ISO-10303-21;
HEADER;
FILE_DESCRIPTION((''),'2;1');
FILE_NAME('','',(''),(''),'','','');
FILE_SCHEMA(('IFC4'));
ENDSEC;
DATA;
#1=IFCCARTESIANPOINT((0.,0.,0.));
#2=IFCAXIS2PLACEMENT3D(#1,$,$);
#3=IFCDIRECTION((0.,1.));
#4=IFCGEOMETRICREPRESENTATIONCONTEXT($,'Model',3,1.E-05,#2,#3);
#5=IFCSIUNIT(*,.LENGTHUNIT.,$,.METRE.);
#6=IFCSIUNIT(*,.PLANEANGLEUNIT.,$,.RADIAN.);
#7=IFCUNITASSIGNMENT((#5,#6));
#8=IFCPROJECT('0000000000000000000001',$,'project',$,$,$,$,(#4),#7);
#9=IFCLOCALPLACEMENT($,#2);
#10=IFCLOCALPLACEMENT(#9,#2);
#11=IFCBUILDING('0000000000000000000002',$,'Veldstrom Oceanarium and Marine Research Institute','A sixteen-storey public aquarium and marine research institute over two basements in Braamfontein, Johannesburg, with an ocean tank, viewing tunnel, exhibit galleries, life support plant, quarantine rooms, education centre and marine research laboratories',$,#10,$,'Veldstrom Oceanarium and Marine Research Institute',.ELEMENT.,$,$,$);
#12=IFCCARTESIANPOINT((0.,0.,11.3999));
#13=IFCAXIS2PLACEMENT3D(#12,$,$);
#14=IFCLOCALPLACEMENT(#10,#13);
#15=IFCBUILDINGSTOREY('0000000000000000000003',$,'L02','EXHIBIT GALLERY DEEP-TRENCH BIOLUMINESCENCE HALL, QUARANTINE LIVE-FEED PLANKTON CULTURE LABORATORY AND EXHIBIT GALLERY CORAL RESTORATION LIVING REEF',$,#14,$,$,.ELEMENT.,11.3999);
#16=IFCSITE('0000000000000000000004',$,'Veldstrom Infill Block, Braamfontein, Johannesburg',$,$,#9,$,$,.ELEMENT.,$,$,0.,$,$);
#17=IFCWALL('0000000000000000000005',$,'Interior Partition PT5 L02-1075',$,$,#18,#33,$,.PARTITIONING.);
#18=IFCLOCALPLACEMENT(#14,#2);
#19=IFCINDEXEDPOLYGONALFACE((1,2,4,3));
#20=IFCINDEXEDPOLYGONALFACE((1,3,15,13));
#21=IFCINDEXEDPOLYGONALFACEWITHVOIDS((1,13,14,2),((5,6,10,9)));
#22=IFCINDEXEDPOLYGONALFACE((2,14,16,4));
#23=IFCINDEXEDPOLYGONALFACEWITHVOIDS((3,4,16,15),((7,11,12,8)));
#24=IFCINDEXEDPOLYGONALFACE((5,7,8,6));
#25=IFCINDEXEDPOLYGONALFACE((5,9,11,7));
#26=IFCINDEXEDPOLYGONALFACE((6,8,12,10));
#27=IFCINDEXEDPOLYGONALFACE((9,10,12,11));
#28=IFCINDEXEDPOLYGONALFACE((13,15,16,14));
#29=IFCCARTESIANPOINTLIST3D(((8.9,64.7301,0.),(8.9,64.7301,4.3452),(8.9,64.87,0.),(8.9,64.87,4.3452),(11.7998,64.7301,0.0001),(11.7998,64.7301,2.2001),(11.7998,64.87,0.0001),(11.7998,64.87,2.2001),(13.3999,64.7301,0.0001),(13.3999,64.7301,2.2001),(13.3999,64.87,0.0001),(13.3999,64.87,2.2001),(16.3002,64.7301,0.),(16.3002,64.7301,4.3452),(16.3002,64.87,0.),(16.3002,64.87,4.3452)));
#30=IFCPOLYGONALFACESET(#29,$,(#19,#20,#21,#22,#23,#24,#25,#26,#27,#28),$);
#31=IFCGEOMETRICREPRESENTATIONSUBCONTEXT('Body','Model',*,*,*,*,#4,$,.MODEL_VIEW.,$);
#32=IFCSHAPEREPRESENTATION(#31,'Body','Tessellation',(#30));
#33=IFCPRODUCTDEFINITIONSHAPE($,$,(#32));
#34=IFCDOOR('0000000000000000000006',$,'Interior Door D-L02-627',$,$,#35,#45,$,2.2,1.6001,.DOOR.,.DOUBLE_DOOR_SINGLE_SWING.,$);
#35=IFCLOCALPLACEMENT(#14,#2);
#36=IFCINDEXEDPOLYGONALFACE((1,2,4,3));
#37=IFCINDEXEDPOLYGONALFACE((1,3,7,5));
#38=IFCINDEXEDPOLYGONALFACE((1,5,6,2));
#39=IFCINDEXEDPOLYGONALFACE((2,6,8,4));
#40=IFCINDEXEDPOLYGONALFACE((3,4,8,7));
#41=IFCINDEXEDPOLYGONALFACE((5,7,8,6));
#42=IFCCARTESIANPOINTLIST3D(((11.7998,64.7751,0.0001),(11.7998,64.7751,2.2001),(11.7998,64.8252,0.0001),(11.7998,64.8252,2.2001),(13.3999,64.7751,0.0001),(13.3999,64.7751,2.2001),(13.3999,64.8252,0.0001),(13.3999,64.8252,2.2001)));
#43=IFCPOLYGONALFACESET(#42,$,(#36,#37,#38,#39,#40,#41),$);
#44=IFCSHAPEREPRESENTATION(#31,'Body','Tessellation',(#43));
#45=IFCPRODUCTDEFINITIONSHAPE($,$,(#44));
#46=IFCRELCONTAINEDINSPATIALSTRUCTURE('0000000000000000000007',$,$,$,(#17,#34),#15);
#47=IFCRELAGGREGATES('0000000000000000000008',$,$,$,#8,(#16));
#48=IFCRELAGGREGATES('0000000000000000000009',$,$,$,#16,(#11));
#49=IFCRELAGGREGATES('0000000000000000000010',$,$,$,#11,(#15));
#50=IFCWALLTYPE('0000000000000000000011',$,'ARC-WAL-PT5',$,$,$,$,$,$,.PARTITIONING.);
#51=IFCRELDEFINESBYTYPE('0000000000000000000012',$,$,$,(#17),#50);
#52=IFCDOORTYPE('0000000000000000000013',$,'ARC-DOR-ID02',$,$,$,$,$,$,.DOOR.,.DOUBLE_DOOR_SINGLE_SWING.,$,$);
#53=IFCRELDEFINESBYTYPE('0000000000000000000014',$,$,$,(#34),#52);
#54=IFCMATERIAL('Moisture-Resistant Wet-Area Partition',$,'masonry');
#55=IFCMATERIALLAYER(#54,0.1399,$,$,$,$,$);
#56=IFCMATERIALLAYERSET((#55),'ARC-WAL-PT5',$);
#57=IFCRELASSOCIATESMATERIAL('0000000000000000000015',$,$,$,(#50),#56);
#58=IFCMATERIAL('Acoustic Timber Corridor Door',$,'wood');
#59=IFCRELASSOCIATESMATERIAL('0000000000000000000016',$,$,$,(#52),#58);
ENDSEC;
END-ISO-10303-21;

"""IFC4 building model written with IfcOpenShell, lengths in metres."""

from ifc_helpers import new_model, si_unit, direction, frame, frame_2d, origin, place, context, subcontext, project, spatial, rectangle, extrude, material, layer, layer_set, type_object, element, fill, save


model = new_model("IFC4")

# Units and contexts
model_context = context("Model", 3, precision=1e-05, world=origin(), true_north=direction((0.0, 1.0)))
body_context = subcontext(model_context, "Body", "Model", "MODEL_VIEW")
ifc_project = project(units=[si_unit("LENGTHUNIT", "METRE"), si_unit("PLANEANGLEUNIT", "RADIAN")], contexts=[model_context])

# Site, building, storey
site_placement = place(None, origin())
site = spatial("IfcSite", under=ifc_project, at=site_placement, Name="Veldstrom Infill Block, Braamfontein, Johannesburg", CompositionType="ELEMENT", RefElevation=0.0)
building_placement = place(site_placement, origin())
building = spatial("IfcBuilding", under=site, at=building_placement, Name="Veldstrom Oceanarium and Marine Research Institute", Description="A sixteen-storey public aquarium and marine research institute over two basements in Braamfontein, Johannesburg, with an ocean tank, viewing tunnel, exhibit galleries, life support plant, quarantine rooms, education centre and marine research laboratories", LongName="Veldstrom Oceanarium and Marine Research Institute", CompositionType="ELEMENT")
storey_placement = place(building_placement, frame((0.0, 0.0, 11.3999)))
storey = spatial("IfcBuildingStorey", under=building, at=storey_placement, Name="L02", Description="EXHIBIT GALLERY DEEP-TRENCH BIOLUMINESCENCE HALL, QUARANTINE LIVE-FEED PLANKTON CULTURE LABORATORY AND EXHIBIT GALLERY CORAL RESTORATION LIVING REEF", CompositionType="ELEMENT", Elevation=11.3999)

# Wall, opening, door
ifc_material_1 = material(Name="Moisture-Resistant Wet-Area Partition", Category="masonry")
ifc_layer_1 = layer(ifc_material_1, 0.1399)
ifc_layer_set_1 = layer_set([ifc_layer_1], Name="ARC-WAL-PT5")
wall_type_1 = type_object("IfcWallType", Name="ARC-WAL-PT5", PredefinedType="PARTITIONING", material=ifc_layer_set_1)
wall_1_placement = place(storey_placement, frame((8.8999, 64.8, 0.0), z_axis=(0.0, 0.0, 1.0), x_axis=(1.0, 0.0, 0.0)))
wall_1 = element("IfcWall", 1, at=wall_1_placement, inside=storey, type_object=wall_type_1, Name="Interior Partition PT5 L02-1075", PredefinedType="PARTITIONING", context=body_context, shape_type="SweptSolid", body=[
    extrude(rectangle(XDim=7.4001, YDim=0.1399, at=frame_2d((3.7002, 0.0))), origin(), (0.0, 0.0, 1.0), 4.3452),
])
opening_placement = place(wall_1_placement, frame((2.8999, 0.0, 0.0)))
opening = element("IfcOpeningElement", 2, at=opening_placement, cuts=wall_1, PredefinedType="OPENING", context=body_context, shape_type="SweptSolid", body=[
    extrude(rectangle(XDim=1.6001, YDim=2.2, at=frame_2d((0.8, 1.1001))), frame((0.0, 0.0798, 0.0), z_axis=(0.0, -1.0, 0.0), x_axis=(1.0, 0.0, 0.0)), (0.0, 0.0, 1.0), 0.1599),
])
ifc_material_2 = material(Name="Acoustic Timber Corridor Door", Category="wood")
door_type = type_object("IfcDoorType", Name="ARC-DOR-ID02", OperationType="DOUBLE_DOOR_SINGLE_SWING", PredefinedType="DOOR", material=ifc_material_2)
door_placement = place(opening_placement, frame((1.6001, 0.0, 0.0), z_axis=(0.0, 0.0, 1.0), x_axis=(-1.0, 0.0, 0.0)))
door = element("IfcDoor", 3, at=door_placement, inside=storey, type_object=door_type, Name="Interior Door D-L02-627", OperationType="DOUBLE_DOOR_SINGLE_SWING", OverallHeight=2.2, OverallWidth=1.6001, PredefinedType="DOOR", context=body_context, shape_type="SweptSolid", body=[
    extrude(rectangle(XDim=1.6001, YDim=2.2, at=frame_2d((0.8, 1.1001))), frame((0.0, 0.0249, 0.0), z_axis=(0.0, -1.0, 0.0), x_axis=(1.0, 0.0, 0.0)), (0.0, 0.0, 1.0), 0.05),
])
fill(opening, door)

save(model, "model.ifc")
